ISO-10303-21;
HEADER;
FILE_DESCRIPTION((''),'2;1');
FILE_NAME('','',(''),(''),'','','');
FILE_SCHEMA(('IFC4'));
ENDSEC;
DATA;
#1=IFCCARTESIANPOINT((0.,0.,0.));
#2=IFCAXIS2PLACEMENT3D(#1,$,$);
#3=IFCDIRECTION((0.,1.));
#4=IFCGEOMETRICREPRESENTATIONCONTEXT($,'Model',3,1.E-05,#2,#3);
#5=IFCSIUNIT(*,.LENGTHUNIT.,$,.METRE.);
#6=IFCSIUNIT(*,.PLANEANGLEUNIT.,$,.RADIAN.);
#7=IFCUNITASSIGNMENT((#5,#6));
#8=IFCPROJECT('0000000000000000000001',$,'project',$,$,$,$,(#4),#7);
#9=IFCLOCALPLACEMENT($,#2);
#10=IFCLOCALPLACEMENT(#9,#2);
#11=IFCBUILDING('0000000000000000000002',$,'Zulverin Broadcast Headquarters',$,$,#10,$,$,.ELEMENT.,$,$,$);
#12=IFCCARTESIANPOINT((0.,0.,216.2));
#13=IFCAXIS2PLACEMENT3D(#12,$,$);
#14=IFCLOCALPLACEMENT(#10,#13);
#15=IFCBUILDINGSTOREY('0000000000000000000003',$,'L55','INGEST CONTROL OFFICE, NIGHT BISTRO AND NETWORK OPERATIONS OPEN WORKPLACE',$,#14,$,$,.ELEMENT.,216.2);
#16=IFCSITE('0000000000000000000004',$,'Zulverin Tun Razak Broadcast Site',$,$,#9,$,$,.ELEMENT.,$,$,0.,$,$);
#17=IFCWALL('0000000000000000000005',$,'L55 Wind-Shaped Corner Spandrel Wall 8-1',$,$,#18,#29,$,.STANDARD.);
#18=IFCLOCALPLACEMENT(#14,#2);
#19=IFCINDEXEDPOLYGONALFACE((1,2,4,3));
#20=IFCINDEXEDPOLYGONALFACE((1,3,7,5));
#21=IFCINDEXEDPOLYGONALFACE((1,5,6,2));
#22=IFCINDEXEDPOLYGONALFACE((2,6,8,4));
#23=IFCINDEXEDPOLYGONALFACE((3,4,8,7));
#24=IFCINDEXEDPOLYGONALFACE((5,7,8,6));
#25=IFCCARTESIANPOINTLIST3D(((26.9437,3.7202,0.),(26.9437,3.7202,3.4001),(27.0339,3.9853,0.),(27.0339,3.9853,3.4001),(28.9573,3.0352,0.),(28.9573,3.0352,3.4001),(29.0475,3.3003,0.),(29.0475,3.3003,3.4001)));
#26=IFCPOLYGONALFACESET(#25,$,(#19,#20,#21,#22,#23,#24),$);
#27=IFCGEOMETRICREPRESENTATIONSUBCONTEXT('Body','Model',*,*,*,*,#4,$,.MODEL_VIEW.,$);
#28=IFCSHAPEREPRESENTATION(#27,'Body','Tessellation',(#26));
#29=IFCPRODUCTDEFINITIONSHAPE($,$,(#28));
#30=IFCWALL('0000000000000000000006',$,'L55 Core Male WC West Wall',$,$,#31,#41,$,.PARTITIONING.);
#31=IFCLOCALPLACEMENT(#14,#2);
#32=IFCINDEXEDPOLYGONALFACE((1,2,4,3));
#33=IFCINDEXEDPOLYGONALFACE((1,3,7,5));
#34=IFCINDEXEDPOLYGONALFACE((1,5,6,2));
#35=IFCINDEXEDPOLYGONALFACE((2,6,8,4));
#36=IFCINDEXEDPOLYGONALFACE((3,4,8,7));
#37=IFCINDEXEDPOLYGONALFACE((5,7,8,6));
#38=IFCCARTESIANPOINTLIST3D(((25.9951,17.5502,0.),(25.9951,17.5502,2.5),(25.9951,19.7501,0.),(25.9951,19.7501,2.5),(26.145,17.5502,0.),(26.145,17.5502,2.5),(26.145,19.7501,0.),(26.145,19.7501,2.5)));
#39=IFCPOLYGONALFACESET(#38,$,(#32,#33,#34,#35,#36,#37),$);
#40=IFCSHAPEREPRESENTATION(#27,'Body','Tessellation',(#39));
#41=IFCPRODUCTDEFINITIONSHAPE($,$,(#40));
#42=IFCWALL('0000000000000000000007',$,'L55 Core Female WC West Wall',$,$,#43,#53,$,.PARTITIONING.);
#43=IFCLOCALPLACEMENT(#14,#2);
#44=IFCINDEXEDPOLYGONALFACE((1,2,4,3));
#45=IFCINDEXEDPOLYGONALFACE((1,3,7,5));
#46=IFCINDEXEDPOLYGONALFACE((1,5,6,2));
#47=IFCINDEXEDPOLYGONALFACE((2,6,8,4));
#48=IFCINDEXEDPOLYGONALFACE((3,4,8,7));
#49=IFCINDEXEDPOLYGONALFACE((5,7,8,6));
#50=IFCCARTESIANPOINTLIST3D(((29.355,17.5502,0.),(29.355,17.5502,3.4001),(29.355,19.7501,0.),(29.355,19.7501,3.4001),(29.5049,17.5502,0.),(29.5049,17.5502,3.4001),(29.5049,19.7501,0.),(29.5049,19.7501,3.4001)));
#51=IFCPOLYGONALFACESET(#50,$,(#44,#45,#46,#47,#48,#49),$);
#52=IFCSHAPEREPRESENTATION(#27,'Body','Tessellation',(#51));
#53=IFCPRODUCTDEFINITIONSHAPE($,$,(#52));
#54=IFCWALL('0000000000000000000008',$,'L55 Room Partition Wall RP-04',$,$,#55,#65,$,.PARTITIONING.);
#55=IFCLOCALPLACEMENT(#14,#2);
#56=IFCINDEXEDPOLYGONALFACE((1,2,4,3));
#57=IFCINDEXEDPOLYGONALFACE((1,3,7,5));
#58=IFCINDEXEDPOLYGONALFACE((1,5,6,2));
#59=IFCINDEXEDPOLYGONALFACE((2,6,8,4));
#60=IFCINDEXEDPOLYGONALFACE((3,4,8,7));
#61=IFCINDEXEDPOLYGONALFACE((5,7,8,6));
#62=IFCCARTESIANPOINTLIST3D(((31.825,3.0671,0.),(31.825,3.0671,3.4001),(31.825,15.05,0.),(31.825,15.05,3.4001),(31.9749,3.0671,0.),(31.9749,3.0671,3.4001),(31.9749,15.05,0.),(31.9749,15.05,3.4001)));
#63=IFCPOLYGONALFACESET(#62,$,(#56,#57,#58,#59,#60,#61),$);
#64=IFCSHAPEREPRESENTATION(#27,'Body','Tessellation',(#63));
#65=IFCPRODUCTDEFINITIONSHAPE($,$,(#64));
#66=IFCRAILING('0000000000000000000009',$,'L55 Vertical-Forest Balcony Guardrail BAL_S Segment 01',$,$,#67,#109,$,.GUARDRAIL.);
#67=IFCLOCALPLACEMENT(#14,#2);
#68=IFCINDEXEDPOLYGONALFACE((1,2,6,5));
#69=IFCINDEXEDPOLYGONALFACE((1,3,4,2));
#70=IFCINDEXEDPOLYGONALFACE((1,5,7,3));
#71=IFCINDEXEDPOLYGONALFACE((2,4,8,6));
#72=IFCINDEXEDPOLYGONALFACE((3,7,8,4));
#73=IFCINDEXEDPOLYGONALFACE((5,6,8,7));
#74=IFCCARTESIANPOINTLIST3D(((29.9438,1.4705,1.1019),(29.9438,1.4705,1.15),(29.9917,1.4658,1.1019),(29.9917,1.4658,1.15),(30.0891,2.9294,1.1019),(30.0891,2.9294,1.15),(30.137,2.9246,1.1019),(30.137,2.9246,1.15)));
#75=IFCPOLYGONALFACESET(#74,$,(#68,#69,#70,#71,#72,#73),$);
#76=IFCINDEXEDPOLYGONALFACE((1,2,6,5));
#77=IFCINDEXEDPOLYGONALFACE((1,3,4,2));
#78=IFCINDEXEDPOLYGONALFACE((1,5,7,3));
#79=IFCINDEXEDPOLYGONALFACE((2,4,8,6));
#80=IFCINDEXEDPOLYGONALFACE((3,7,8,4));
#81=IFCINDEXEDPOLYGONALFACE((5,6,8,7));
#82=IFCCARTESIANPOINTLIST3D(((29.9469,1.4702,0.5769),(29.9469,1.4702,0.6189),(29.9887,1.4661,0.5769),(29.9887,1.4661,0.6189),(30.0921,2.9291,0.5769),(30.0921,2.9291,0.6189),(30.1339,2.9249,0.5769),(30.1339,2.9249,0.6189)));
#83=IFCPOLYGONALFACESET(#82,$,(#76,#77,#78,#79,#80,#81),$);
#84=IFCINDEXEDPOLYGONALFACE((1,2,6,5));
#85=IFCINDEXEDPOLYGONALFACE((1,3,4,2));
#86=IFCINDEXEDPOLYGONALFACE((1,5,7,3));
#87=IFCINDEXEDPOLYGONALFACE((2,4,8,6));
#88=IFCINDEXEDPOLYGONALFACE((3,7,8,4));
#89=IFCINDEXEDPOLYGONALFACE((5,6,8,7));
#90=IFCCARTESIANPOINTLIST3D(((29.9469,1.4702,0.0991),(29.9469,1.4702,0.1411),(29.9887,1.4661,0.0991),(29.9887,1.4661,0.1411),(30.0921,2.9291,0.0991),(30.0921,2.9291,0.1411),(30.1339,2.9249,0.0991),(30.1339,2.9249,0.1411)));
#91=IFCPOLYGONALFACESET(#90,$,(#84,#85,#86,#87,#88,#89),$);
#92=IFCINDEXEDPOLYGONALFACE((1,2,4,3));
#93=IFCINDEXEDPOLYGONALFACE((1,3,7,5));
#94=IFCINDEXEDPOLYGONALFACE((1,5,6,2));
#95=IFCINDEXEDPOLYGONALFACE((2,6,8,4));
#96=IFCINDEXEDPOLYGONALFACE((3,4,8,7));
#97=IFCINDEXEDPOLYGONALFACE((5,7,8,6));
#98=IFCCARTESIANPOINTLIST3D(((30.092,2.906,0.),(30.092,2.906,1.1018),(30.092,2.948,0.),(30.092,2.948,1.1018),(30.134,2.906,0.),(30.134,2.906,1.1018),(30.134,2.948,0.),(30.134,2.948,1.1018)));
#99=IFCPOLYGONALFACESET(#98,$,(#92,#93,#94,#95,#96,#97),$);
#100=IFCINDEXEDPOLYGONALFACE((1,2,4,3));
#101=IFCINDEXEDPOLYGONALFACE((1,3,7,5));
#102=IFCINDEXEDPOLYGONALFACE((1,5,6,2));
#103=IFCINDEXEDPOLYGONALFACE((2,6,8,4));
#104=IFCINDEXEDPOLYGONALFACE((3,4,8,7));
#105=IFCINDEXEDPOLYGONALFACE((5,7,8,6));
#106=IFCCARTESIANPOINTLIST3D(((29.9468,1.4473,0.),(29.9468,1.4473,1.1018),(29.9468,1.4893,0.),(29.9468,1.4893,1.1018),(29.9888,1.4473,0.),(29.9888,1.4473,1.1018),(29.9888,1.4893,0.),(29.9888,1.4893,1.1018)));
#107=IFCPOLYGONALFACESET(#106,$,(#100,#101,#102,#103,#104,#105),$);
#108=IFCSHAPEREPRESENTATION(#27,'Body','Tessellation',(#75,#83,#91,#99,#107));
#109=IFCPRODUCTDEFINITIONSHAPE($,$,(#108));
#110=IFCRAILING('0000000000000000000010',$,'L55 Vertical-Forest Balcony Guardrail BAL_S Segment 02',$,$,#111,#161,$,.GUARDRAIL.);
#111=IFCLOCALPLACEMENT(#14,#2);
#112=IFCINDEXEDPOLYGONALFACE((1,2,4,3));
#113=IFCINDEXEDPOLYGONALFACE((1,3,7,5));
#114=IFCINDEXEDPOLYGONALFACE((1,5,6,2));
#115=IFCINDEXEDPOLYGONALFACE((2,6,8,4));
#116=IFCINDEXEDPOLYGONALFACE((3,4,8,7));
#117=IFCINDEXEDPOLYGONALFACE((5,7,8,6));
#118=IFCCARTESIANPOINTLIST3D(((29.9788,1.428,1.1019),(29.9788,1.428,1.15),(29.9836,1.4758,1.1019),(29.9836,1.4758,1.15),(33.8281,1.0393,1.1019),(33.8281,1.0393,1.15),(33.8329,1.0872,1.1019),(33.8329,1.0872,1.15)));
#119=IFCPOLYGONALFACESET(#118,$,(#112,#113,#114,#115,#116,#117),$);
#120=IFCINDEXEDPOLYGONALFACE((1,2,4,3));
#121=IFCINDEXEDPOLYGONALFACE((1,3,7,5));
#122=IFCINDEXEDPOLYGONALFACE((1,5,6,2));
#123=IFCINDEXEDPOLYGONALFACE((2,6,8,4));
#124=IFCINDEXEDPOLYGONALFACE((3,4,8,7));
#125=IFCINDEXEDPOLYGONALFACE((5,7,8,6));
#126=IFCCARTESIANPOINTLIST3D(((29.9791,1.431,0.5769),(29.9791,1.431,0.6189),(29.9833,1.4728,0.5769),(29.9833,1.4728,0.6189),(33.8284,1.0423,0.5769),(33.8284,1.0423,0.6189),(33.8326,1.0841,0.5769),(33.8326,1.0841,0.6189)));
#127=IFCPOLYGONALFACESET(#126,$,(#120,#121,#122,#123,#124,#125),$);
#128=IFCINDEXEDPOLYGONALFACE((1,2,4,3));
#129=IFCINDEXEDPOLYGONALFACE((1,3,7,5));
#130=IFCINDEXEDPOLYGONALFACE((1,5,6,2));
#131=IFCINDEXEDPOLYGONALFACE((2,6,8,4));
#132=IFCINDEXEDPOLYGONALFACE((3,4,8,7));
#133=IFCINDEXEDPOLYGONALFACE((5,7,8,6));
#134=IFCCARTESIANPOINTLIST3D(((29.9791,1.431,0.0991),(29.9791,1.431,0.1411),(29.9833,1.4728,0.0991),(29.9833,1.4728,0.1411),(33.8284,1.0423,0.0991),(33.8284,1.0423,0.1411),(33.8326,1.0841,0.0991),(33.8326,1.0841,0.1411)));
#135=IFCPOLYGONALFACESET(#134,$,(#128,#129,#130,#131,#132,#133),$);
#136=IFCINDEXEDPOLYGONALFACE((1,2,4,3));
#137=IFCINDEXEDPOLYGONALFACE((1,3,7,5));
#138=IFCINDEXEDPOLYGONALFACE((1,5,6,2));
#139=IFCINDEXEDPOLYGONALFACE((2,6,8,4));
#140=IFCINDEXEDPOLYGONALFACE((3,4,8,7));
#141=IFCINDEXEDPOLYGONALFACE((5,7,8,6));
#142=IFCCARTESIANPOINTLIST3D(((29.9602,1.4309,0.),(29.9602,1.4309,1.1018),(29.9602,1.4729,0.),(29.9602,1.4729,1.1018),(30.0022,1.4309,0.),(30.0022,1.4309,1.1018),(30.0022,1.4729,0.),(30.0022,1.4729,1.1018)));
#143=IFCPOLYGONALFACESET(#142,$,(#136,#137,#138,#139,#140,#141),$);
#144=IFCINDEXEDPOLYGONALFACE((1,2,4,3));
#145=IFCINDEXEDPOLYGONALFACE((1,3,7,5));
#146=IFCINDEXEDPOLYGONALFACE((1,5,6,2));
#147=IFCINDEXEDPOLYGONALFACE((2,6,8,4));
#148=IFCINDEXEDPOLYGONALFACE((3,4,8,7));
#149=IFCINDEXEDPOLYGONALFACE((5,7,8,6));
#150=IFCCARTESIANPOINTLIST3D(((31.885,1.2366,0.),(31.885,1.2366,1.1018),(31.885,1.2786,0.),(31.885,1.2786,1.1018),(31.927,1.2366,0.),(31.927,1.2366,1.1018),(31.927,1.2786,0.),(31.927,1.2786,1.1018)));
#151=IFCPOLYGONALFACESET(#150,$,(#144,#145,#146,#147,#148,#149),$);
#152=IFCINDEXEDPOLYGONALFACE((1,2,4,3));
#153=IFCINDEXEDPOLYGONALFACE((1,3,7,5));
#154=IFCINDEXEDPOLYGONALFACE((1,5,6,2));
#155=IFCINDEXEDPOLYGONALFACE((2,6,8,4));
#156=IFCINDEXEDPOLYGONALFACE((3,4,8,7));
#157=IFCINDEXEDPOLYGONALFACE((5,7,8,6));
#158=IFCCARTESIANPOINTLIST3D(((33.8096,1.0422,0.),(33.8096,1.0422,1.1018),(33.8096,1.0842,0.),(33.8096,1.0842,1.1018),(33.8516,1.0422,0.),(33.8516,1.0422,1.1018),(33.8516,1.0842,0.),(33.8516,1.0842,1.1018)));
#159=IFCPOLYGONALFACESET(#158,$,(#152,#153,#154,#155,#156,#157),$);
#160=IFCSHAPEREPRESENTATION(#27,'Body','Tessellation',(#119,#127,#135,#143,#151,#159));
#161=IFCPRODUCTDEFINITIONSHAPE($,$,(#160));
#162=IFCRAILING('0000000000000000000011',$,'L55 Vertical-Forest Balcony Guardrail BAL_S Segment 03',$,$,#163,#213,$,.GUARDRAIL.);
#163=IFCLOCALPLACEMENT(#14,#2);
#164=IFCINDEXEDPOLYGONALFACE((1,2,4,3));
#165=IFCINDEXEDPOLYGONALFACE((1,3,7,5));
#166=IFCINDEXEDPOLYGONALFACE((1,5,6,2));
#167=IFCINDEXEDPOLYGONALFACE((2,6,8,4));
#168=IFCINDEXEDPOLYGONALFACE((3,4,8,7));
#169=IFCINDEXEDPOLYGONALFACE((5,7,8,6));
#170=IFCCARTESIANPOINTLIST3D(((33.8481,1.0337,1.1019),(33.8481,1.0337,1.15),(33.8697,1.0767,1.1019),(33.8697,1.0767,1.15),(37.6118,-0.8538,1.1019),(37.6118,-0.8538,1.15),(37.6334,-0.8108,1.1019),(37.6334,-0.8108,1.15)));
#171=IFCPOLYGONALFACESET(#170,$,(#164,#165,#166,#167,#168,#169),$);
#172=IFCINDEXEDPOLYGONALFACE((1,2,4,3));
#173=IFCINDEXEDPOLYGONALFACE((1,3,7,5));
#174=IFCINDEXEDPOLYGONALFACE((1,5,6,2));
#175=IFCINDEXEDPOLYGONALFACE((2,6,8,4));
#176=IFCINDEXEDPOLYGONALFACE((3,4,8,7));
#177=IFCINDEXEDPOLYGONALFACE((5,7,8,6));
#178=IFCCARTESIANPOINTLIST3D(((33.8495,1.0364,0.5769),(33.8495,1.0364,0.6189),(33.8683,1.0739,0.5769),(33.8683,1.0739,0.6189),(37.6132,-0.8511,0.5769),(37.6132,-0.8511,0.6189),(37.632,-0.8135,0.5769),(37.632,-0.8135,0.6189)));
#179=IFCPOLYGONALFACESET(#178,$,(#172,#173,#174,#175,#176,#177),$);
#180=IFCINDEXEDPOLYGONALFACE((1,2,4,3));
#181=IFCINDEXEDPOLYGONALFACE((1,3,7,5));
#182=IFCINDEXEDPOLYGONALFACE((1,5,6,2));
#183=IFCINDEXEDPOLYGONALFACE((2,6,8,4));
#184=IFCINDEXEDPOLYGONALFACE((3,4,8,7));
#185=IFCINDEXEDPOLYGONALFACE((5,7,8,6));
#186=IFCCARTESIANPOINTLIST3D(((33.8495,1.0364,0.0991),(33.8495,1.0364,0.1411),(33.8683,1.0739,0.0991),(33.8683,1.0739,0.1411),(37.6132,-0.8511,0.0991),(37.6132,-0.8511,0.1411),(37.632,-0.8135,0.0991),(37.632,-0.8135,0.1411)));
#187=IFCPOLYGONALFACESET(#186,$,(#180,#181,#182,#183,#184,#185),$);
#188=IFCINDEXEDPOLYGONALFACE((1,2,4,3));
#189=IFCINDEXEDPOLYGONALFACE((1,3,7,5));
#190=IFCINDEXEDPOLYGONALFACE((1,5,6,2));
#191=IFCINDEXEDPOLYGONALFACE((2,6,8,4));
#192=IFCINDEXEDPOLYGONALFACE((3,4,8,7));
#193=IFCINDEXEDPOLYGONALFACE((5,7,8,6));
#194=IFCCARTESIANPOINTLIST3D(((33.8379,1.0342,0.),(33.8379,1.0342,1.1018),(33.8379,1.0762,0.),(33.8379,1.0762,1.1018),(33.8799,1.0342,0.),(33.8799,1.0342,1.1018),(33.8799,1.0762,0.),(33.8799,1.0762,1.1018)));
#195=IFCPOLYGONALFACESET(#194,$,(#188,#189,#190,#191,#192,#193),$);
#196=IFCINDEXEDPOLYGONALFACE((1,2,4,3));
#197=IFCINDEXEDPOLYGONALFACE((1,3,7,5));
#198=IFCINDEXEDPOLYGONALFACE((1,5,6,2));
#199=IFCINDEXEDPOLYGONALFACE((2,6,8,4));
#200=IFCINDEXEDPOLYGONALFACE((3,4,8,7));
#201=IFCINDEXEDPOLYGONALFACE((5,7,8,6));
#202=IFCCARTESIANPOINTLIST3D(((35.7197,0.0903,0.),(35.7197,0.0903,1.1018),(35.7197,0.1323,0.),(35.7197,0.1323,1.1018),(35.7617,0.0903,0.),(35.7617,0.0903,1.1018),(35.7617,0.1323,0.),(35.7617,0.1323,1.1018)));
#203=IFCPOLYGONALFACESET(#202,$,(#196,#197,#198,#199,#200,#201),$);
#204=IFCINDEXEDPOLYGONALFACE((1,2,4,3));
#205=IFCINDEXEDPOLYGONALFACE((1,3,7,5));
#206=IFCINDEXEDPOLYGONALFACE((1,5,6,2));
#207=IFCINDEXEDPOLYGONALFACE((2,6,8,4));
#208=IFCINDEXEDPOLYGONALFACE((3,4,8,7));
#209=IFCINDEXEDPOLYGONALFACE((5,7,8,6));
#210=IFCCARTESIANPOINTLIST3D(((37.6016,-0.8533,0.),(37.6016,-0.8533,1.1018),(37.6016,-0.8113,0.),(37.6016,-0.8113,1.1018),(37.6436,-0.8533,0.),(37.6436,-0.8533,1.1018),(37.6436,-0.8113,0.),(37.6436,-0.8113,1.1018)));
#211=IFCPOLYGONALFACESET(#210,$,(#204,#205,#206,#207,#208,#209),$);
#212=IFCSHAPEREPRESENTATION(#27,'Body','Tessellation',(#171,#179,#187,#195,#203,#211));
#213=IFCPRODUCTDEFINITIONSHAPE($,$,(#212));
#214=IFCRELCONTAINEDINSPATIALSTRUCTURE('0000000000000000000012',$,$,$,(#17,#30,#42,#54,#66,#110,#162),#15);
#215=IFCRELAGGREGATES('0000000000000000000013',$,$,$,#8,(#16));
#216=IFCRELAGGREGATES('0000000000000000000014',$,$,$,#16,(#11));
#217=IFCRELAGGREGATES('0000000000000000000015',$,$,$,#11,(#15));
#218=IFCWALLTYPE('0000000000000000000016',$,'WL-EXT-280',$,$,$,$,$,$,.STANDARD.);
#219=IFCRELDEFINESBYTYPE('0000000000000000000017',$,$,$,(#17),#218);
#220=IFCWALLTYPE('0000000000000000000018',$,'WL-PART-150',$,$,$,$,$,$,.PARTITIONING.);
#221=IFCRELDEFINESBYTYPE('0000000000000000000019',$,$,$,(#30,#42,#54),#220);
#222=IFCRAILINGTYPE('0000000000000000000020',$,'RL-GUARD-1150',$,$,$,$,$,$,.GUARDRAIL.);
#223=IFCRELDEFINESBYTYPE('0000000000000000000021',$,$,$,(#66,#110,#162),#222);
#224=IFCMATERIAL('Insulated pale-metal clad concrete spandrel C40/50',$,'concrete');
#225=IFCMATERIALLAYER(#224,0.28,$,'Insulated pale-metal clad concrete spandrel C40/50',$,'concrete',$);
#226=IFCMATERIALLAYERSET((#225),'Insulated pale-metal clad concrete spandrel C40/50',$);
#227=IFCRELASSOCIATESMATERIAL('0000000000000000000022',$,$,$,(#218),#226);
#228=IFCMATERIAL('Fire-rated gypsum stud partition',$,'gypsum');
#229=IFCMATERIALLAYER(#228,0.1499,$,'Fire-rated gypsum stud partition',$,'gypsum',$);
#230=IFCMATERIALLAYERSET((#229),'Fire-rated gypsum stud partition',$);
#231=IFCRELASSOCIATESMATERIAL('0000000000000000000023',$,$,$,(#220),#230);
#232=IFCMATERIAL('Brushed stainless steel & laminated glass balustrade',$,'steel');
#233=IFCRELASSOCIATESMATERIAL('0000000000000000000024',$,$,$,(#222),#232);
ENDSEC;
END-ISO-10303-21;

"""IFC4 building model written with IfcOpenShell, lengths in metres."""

from ifc_helpers import new_model, si_unit, direction, frame, frame_2d, origin, origin_2d, place, context, subcontext, project, spatial, rectangle, extrude, material, layer, layer_set, type_object, element, save


model = new_model("IFC4")

# Units and contexts
model_context = context("Model", 3, precision=1e-05, world=origin(), true_north=direction((0.0, 1.0)))
body_context = subcontext(model_context, "Body", "Model", "MODEL_VIEW")
ifc_project = project(units=[si_unit("LENGTHUNIT", "METRE"), si_unit("PLANEANGLEUNIT", "RADIAN")], contexts=[model_context])

# Site, building, storey
site_placement = place(None, origin())
site = spatial("IfcSite", under=ifc_project, at=site_placement, Name="Zulverin Tun Razak Broadcast Site", CompositionType="ELEMENT", RefElevation=0.0)
building_placement = place(site_placement, origin())
building = spatial("IfcBuilding", under=site, at=building_placement, Name="Zulverin Broadcast Headquarters", CompositionType="ELEMENT")
storey_placement = place(building_placement, frame((0.0, 0.0, 216.2)))
storey = spatial("IfcBuildingStorey", under=building, at=storey_placement, Name="L55", Description="INGEST CONTROL OFFICE, NIGHT BISTRO AND NETWORK OPERATIONS OPEN WORKPLACE", CompositionType="ELEMENT", Elevation=216.2)

# Shared definitions
ifc_material_1 = material(Name="Insulated pale-metal clad concrete spandrel C40/50", Category="concrete")
ifc_layer_1 = layer(ifc_material_1, 0.28, Name="Insulated pale-metal clad concrete spandrel C40/50", Category="concrete")
ifc_layer_set_1 = layer_set([ifc_layer_1], Name="Insulated pale-metal clad concrete spandrel C40/50")
wall_type_1 = type_object("IfcWallType", Name="WL-EXT-280", PredefinedType="STANDARD", material=ifc_layer_set_1)

# Walls
wall_1_placement = place(storey_placement, frame((26.9888, 3.8528, 0.0), z_axis=(0.0, 0.0, 1.0), x_axis=(0.946714, -0.322076, 0.0)))
element("IfcWall", 1, at=wall_1_placement, inside=storey, type_object=wall_type_1, Name="L55 Wind-Shaped Corner Spandrel Wall 8-1", PredefinedType="STANDARD", context=body_context, shape_type="SweptSolid", body=[
    extrude(rectangle(XDim=2.127, YDim=0.28, at=frame_2d((1.0635, 0.0))), origin(), (0.0, 0.0, 1.0), 3.4001),
])
ifc_material_2 = material(Name="Fire-rated gypsum stud partition", Category="gypsum")
ifc_layer_2 = layer(ifc_material_2, 0.1499, Name="Fire-rated gypsum stud partition", Category="gypsum")
ifc_layer_set_2 = layer_set([ifc_layer_2], Name="Fire-rated gypsum stud partition")
wall_type_2 = type_object("IfcWallType", Name="WL-PART-150", PredefinedType="PARTITIONING", material=ifc_layer_set_2)
wall_2_placement = place(storey_placement, frame((26.0701, 17.55, 0.0), z_axis=(0.0, 0.0, 1.0), x_axis=(0.0, 1.0, 0.0)))
element("IfcWall", 2, at=wall_2_placement, inside=storey, type_object=wall_type_2, Name="L55 Core Male WC West Wall", PredefinedType="PARTITIONING", context=body_context, shape_type="SweptSolid", body=[
    extrude(rectangle(XDim=2.2, YDim=0.1499, at=frame_2d((1.1001, 0.0))), origin(), (0.0, 0.0, 1.0), 2.5),
])
wall_3_placement = place(storey_placement, frame((29.4299, 17.55, 0.0), z_axis=(0.0, 0.0, 1.0), x_axis=(0.0, 1.0, 0.0)))
element("IfcWall", 3, at=wall_3_placement, inside=storey, type_object=wall_type_2, Name="L55 Core Female WC West Wall", PredefinedType="PARTITIONING", context=body_context, shape_type="SweptSolid", body=[
    extrude(rectangle(XDim=2.2, YDim=0.1499, at=frame_2d((1.1001, 0.0))), origin(), (0.0, 0.0, 1.0), 3.4001),
])
wall_4_placement = place(storey_placement, frame((31.8999, 3.0671, 0.0), z_axis=(0.0, 0.0, 1.0), x_axis=(0.0, 1.0, 0.0)))
element("IfcWall", 4, at=wall_4_placement, inside=storey, type_object=wall_type_2, Name="L55 Room Partition Wall RP-04", PredefinedType="PARTITIONING", context=body_context, shape_type="SweptSolid", body=[
    extrude(rectangle(XDim=11.9829, YDim=0.1499, at=frame_2d((5.9915, 0.0))), origin(), (0.0, 0.0, 1.0), 3.4001),
])

# Railings
ifc_material_3 = material(Name="Brushed stainless steel & laminated glass balustrade", Category="steel")
railing_type = type_object("IfcRailingType", Name="RL-GUARD-1150", PredefinedType="GUARDRAIL", material=ifc_material_3)
railing_1_placement = place(storey_placement, frame((30.113, 2.927, 0.0)))
element("IfcRailing", 5, at=railing_1_placement, inside=storey, type_object=railing_type, Name="L55 Vertical-Forest Balcony Guardrail BAL_S Segment 01", PredefinedType="GUARDRAIL", context=body_context, shape_type="SweptSolid", body=[
    extrude(rectangle(XDim=0.0481, YDim=0.0481, at=origin_2d()), frame((0.0, 0.0, 1.126), z_axis=(-0.099091, -0.995078, 0.0), x_axis=(0.995078, -0.099091, 0.0)), (0.0, 0.0, 1.0), 1.4661),
    extrude(rectangle(XDim=0.042, YDim=0.042, at=origin_2d()), frame((0.0, 0.0, 0.5979), z_axis=(-0.099091, -0.995078, 0.0), x_axis=(0.995078, -0.099091, 0.0)), (0.0, 0.0, 1.0), 1.4661),
    extrude(rectangle(XDim=0.042, YDim=0.042, at=origin_2d()), frame((0.0, 0.0, 0.1201), z_axis=(-0.099091, -0.995078, 0.0), x_axis=(0.995078, -0.099091, 0.0)), (0.0, 0.0, 1.0), 1.4661),
    extrude(rectangle(XDim=0.042, YDim=0.042, at=origin_2d()), origin(), (0.0, 0.0, 1.0), 1.1018),
    extrude(rectangle(XDim=0.042, YDim=0.042, at=origin_2d()), frame((-0.1453, -1.4587, 0.0)), (0.0, 0.0, 1.0), 1.1018),
])
railing_2_placement = place(storey_placement, frame((29.9812, 1.4519, 0.0)))
element("IfcRailing", 6, at=railing_2_placement, inside=storey, type_object=railing_type, Name="L55 Vertical-Forest Balcony Guardrail BAL_S Segment 02", PredefinedType="GUARDRAIL", context=body_context, shape_type="SweptSolid", body=[
    extrude(rectangle(XDim=0.0481, YDim=0.0481, at=origin_2d()), frame((0.0, 0.0, 1.126), z_axis=(0.994941, -0.10046, 0.0), x_axis=(0.10046, 0.994941, 0.0)), (0.0, 0.0, 1.0), 3.8689),
    extrude(rectangle(XDim=0.042, YDim=0.042, at=origin_2d()), frame((0.0, 0.0, 0.5979), z_axis=(0.994941, -0.10046, 0.0), x_axis=(0.10046, 0.994941, 0.0)), (0.0, 0.0, 1.0), 3.8689),
    extrude(rectangle(XDim=0.042, YDim=0.042, at=origin_2d()), frame((0.0, 0.0, 0.1201), z_axis=(0.994941, -0.10046, 0.0), x_axis=(0.10046, 0.994941, 0.0)), (0.0, 0.0, 1.0), 3.8689),
    extrude(rectangle(XDim=0.042, YDim=0.042, at=origin_2d()), origin(), (0.0, 0.0, 1.0), 1.1018),
    extrude(rectangle(XDim=0.042, YDim=0.042, at=origin_2d()), frame((1.9248, -0.1943, 0.0)), (0.0, 0.0, 1.0), 1.1018),
    extrude(rectangle(XDim=0.042, YDim=0.042, at=origin_2d()), frame((3.8494, -0.3887, 0.0)), (0.0, 0.0, 1.0), 1.1018),
])
railing_3_placement = place(storey_placement, frame((33.8589, 1.0552, 0.0)))
element("IfcRailing", 7, at=railing_3_placement, inside=storey, type_object=railing_type, Name="L55 Vertical-Forest Balcony Guardrail BAL_S Segment 03", PredefinedType="GUARDRAIL", context=body_context, shape_type="SweptSolid", body=[
    extrude(rectangle(XDim=0.0481, YDim=0.0481, at=origin_2d()), frame((0.0, 0.0, 1.126), z_axis=(0.893893, -0.44828, 0.0), x_axis=(0.44828, 0.893893, 0.0)), (0.0, 0.0, 1.0), 4.2104),
    extrude(rectangle(XDim=0.042, YDim=0.042, at=origin_2d()), frame((0.0, 0.0, 0.5979), z_axis=(0.893893, -0.44828, 0.0), x_axis=(0.44828, 0.893893, 0.0)), (0.0, 0.0, 1.0), 4.2104),
    extrude(rectangle(XDim=0.042, YDim=0.042, at=origin_2d()), frame((0.0, 0.0, 0.1201), z_axis=(0.893893, -0.44828, 0.0), x_axis=(0.44828, 0.893893, 0.0)), (0.0, 0.0, 1.0), 4.2104),
    extrude(rectangle(XDim=0.042, YDim=0.042, at=origin_2d()), origin(), (0.0, 0.0, 1.0), 1.1018),
    extrude(rectangle(XDim=0.042, YDim=0.042, at=origin_2d()), frame((1.8818, -0.9438, 0.0)), (0.0, 0.0, 1.0), 1.1018),
    extrude(rectangle(XDim=0.042, YDim=0.042, at=origin_2d()), frame((3.7637, -1.8875, 0.0)), (0.0, 0.0, 1.0), 1.1018),
])

save(model, "model.ifc")
